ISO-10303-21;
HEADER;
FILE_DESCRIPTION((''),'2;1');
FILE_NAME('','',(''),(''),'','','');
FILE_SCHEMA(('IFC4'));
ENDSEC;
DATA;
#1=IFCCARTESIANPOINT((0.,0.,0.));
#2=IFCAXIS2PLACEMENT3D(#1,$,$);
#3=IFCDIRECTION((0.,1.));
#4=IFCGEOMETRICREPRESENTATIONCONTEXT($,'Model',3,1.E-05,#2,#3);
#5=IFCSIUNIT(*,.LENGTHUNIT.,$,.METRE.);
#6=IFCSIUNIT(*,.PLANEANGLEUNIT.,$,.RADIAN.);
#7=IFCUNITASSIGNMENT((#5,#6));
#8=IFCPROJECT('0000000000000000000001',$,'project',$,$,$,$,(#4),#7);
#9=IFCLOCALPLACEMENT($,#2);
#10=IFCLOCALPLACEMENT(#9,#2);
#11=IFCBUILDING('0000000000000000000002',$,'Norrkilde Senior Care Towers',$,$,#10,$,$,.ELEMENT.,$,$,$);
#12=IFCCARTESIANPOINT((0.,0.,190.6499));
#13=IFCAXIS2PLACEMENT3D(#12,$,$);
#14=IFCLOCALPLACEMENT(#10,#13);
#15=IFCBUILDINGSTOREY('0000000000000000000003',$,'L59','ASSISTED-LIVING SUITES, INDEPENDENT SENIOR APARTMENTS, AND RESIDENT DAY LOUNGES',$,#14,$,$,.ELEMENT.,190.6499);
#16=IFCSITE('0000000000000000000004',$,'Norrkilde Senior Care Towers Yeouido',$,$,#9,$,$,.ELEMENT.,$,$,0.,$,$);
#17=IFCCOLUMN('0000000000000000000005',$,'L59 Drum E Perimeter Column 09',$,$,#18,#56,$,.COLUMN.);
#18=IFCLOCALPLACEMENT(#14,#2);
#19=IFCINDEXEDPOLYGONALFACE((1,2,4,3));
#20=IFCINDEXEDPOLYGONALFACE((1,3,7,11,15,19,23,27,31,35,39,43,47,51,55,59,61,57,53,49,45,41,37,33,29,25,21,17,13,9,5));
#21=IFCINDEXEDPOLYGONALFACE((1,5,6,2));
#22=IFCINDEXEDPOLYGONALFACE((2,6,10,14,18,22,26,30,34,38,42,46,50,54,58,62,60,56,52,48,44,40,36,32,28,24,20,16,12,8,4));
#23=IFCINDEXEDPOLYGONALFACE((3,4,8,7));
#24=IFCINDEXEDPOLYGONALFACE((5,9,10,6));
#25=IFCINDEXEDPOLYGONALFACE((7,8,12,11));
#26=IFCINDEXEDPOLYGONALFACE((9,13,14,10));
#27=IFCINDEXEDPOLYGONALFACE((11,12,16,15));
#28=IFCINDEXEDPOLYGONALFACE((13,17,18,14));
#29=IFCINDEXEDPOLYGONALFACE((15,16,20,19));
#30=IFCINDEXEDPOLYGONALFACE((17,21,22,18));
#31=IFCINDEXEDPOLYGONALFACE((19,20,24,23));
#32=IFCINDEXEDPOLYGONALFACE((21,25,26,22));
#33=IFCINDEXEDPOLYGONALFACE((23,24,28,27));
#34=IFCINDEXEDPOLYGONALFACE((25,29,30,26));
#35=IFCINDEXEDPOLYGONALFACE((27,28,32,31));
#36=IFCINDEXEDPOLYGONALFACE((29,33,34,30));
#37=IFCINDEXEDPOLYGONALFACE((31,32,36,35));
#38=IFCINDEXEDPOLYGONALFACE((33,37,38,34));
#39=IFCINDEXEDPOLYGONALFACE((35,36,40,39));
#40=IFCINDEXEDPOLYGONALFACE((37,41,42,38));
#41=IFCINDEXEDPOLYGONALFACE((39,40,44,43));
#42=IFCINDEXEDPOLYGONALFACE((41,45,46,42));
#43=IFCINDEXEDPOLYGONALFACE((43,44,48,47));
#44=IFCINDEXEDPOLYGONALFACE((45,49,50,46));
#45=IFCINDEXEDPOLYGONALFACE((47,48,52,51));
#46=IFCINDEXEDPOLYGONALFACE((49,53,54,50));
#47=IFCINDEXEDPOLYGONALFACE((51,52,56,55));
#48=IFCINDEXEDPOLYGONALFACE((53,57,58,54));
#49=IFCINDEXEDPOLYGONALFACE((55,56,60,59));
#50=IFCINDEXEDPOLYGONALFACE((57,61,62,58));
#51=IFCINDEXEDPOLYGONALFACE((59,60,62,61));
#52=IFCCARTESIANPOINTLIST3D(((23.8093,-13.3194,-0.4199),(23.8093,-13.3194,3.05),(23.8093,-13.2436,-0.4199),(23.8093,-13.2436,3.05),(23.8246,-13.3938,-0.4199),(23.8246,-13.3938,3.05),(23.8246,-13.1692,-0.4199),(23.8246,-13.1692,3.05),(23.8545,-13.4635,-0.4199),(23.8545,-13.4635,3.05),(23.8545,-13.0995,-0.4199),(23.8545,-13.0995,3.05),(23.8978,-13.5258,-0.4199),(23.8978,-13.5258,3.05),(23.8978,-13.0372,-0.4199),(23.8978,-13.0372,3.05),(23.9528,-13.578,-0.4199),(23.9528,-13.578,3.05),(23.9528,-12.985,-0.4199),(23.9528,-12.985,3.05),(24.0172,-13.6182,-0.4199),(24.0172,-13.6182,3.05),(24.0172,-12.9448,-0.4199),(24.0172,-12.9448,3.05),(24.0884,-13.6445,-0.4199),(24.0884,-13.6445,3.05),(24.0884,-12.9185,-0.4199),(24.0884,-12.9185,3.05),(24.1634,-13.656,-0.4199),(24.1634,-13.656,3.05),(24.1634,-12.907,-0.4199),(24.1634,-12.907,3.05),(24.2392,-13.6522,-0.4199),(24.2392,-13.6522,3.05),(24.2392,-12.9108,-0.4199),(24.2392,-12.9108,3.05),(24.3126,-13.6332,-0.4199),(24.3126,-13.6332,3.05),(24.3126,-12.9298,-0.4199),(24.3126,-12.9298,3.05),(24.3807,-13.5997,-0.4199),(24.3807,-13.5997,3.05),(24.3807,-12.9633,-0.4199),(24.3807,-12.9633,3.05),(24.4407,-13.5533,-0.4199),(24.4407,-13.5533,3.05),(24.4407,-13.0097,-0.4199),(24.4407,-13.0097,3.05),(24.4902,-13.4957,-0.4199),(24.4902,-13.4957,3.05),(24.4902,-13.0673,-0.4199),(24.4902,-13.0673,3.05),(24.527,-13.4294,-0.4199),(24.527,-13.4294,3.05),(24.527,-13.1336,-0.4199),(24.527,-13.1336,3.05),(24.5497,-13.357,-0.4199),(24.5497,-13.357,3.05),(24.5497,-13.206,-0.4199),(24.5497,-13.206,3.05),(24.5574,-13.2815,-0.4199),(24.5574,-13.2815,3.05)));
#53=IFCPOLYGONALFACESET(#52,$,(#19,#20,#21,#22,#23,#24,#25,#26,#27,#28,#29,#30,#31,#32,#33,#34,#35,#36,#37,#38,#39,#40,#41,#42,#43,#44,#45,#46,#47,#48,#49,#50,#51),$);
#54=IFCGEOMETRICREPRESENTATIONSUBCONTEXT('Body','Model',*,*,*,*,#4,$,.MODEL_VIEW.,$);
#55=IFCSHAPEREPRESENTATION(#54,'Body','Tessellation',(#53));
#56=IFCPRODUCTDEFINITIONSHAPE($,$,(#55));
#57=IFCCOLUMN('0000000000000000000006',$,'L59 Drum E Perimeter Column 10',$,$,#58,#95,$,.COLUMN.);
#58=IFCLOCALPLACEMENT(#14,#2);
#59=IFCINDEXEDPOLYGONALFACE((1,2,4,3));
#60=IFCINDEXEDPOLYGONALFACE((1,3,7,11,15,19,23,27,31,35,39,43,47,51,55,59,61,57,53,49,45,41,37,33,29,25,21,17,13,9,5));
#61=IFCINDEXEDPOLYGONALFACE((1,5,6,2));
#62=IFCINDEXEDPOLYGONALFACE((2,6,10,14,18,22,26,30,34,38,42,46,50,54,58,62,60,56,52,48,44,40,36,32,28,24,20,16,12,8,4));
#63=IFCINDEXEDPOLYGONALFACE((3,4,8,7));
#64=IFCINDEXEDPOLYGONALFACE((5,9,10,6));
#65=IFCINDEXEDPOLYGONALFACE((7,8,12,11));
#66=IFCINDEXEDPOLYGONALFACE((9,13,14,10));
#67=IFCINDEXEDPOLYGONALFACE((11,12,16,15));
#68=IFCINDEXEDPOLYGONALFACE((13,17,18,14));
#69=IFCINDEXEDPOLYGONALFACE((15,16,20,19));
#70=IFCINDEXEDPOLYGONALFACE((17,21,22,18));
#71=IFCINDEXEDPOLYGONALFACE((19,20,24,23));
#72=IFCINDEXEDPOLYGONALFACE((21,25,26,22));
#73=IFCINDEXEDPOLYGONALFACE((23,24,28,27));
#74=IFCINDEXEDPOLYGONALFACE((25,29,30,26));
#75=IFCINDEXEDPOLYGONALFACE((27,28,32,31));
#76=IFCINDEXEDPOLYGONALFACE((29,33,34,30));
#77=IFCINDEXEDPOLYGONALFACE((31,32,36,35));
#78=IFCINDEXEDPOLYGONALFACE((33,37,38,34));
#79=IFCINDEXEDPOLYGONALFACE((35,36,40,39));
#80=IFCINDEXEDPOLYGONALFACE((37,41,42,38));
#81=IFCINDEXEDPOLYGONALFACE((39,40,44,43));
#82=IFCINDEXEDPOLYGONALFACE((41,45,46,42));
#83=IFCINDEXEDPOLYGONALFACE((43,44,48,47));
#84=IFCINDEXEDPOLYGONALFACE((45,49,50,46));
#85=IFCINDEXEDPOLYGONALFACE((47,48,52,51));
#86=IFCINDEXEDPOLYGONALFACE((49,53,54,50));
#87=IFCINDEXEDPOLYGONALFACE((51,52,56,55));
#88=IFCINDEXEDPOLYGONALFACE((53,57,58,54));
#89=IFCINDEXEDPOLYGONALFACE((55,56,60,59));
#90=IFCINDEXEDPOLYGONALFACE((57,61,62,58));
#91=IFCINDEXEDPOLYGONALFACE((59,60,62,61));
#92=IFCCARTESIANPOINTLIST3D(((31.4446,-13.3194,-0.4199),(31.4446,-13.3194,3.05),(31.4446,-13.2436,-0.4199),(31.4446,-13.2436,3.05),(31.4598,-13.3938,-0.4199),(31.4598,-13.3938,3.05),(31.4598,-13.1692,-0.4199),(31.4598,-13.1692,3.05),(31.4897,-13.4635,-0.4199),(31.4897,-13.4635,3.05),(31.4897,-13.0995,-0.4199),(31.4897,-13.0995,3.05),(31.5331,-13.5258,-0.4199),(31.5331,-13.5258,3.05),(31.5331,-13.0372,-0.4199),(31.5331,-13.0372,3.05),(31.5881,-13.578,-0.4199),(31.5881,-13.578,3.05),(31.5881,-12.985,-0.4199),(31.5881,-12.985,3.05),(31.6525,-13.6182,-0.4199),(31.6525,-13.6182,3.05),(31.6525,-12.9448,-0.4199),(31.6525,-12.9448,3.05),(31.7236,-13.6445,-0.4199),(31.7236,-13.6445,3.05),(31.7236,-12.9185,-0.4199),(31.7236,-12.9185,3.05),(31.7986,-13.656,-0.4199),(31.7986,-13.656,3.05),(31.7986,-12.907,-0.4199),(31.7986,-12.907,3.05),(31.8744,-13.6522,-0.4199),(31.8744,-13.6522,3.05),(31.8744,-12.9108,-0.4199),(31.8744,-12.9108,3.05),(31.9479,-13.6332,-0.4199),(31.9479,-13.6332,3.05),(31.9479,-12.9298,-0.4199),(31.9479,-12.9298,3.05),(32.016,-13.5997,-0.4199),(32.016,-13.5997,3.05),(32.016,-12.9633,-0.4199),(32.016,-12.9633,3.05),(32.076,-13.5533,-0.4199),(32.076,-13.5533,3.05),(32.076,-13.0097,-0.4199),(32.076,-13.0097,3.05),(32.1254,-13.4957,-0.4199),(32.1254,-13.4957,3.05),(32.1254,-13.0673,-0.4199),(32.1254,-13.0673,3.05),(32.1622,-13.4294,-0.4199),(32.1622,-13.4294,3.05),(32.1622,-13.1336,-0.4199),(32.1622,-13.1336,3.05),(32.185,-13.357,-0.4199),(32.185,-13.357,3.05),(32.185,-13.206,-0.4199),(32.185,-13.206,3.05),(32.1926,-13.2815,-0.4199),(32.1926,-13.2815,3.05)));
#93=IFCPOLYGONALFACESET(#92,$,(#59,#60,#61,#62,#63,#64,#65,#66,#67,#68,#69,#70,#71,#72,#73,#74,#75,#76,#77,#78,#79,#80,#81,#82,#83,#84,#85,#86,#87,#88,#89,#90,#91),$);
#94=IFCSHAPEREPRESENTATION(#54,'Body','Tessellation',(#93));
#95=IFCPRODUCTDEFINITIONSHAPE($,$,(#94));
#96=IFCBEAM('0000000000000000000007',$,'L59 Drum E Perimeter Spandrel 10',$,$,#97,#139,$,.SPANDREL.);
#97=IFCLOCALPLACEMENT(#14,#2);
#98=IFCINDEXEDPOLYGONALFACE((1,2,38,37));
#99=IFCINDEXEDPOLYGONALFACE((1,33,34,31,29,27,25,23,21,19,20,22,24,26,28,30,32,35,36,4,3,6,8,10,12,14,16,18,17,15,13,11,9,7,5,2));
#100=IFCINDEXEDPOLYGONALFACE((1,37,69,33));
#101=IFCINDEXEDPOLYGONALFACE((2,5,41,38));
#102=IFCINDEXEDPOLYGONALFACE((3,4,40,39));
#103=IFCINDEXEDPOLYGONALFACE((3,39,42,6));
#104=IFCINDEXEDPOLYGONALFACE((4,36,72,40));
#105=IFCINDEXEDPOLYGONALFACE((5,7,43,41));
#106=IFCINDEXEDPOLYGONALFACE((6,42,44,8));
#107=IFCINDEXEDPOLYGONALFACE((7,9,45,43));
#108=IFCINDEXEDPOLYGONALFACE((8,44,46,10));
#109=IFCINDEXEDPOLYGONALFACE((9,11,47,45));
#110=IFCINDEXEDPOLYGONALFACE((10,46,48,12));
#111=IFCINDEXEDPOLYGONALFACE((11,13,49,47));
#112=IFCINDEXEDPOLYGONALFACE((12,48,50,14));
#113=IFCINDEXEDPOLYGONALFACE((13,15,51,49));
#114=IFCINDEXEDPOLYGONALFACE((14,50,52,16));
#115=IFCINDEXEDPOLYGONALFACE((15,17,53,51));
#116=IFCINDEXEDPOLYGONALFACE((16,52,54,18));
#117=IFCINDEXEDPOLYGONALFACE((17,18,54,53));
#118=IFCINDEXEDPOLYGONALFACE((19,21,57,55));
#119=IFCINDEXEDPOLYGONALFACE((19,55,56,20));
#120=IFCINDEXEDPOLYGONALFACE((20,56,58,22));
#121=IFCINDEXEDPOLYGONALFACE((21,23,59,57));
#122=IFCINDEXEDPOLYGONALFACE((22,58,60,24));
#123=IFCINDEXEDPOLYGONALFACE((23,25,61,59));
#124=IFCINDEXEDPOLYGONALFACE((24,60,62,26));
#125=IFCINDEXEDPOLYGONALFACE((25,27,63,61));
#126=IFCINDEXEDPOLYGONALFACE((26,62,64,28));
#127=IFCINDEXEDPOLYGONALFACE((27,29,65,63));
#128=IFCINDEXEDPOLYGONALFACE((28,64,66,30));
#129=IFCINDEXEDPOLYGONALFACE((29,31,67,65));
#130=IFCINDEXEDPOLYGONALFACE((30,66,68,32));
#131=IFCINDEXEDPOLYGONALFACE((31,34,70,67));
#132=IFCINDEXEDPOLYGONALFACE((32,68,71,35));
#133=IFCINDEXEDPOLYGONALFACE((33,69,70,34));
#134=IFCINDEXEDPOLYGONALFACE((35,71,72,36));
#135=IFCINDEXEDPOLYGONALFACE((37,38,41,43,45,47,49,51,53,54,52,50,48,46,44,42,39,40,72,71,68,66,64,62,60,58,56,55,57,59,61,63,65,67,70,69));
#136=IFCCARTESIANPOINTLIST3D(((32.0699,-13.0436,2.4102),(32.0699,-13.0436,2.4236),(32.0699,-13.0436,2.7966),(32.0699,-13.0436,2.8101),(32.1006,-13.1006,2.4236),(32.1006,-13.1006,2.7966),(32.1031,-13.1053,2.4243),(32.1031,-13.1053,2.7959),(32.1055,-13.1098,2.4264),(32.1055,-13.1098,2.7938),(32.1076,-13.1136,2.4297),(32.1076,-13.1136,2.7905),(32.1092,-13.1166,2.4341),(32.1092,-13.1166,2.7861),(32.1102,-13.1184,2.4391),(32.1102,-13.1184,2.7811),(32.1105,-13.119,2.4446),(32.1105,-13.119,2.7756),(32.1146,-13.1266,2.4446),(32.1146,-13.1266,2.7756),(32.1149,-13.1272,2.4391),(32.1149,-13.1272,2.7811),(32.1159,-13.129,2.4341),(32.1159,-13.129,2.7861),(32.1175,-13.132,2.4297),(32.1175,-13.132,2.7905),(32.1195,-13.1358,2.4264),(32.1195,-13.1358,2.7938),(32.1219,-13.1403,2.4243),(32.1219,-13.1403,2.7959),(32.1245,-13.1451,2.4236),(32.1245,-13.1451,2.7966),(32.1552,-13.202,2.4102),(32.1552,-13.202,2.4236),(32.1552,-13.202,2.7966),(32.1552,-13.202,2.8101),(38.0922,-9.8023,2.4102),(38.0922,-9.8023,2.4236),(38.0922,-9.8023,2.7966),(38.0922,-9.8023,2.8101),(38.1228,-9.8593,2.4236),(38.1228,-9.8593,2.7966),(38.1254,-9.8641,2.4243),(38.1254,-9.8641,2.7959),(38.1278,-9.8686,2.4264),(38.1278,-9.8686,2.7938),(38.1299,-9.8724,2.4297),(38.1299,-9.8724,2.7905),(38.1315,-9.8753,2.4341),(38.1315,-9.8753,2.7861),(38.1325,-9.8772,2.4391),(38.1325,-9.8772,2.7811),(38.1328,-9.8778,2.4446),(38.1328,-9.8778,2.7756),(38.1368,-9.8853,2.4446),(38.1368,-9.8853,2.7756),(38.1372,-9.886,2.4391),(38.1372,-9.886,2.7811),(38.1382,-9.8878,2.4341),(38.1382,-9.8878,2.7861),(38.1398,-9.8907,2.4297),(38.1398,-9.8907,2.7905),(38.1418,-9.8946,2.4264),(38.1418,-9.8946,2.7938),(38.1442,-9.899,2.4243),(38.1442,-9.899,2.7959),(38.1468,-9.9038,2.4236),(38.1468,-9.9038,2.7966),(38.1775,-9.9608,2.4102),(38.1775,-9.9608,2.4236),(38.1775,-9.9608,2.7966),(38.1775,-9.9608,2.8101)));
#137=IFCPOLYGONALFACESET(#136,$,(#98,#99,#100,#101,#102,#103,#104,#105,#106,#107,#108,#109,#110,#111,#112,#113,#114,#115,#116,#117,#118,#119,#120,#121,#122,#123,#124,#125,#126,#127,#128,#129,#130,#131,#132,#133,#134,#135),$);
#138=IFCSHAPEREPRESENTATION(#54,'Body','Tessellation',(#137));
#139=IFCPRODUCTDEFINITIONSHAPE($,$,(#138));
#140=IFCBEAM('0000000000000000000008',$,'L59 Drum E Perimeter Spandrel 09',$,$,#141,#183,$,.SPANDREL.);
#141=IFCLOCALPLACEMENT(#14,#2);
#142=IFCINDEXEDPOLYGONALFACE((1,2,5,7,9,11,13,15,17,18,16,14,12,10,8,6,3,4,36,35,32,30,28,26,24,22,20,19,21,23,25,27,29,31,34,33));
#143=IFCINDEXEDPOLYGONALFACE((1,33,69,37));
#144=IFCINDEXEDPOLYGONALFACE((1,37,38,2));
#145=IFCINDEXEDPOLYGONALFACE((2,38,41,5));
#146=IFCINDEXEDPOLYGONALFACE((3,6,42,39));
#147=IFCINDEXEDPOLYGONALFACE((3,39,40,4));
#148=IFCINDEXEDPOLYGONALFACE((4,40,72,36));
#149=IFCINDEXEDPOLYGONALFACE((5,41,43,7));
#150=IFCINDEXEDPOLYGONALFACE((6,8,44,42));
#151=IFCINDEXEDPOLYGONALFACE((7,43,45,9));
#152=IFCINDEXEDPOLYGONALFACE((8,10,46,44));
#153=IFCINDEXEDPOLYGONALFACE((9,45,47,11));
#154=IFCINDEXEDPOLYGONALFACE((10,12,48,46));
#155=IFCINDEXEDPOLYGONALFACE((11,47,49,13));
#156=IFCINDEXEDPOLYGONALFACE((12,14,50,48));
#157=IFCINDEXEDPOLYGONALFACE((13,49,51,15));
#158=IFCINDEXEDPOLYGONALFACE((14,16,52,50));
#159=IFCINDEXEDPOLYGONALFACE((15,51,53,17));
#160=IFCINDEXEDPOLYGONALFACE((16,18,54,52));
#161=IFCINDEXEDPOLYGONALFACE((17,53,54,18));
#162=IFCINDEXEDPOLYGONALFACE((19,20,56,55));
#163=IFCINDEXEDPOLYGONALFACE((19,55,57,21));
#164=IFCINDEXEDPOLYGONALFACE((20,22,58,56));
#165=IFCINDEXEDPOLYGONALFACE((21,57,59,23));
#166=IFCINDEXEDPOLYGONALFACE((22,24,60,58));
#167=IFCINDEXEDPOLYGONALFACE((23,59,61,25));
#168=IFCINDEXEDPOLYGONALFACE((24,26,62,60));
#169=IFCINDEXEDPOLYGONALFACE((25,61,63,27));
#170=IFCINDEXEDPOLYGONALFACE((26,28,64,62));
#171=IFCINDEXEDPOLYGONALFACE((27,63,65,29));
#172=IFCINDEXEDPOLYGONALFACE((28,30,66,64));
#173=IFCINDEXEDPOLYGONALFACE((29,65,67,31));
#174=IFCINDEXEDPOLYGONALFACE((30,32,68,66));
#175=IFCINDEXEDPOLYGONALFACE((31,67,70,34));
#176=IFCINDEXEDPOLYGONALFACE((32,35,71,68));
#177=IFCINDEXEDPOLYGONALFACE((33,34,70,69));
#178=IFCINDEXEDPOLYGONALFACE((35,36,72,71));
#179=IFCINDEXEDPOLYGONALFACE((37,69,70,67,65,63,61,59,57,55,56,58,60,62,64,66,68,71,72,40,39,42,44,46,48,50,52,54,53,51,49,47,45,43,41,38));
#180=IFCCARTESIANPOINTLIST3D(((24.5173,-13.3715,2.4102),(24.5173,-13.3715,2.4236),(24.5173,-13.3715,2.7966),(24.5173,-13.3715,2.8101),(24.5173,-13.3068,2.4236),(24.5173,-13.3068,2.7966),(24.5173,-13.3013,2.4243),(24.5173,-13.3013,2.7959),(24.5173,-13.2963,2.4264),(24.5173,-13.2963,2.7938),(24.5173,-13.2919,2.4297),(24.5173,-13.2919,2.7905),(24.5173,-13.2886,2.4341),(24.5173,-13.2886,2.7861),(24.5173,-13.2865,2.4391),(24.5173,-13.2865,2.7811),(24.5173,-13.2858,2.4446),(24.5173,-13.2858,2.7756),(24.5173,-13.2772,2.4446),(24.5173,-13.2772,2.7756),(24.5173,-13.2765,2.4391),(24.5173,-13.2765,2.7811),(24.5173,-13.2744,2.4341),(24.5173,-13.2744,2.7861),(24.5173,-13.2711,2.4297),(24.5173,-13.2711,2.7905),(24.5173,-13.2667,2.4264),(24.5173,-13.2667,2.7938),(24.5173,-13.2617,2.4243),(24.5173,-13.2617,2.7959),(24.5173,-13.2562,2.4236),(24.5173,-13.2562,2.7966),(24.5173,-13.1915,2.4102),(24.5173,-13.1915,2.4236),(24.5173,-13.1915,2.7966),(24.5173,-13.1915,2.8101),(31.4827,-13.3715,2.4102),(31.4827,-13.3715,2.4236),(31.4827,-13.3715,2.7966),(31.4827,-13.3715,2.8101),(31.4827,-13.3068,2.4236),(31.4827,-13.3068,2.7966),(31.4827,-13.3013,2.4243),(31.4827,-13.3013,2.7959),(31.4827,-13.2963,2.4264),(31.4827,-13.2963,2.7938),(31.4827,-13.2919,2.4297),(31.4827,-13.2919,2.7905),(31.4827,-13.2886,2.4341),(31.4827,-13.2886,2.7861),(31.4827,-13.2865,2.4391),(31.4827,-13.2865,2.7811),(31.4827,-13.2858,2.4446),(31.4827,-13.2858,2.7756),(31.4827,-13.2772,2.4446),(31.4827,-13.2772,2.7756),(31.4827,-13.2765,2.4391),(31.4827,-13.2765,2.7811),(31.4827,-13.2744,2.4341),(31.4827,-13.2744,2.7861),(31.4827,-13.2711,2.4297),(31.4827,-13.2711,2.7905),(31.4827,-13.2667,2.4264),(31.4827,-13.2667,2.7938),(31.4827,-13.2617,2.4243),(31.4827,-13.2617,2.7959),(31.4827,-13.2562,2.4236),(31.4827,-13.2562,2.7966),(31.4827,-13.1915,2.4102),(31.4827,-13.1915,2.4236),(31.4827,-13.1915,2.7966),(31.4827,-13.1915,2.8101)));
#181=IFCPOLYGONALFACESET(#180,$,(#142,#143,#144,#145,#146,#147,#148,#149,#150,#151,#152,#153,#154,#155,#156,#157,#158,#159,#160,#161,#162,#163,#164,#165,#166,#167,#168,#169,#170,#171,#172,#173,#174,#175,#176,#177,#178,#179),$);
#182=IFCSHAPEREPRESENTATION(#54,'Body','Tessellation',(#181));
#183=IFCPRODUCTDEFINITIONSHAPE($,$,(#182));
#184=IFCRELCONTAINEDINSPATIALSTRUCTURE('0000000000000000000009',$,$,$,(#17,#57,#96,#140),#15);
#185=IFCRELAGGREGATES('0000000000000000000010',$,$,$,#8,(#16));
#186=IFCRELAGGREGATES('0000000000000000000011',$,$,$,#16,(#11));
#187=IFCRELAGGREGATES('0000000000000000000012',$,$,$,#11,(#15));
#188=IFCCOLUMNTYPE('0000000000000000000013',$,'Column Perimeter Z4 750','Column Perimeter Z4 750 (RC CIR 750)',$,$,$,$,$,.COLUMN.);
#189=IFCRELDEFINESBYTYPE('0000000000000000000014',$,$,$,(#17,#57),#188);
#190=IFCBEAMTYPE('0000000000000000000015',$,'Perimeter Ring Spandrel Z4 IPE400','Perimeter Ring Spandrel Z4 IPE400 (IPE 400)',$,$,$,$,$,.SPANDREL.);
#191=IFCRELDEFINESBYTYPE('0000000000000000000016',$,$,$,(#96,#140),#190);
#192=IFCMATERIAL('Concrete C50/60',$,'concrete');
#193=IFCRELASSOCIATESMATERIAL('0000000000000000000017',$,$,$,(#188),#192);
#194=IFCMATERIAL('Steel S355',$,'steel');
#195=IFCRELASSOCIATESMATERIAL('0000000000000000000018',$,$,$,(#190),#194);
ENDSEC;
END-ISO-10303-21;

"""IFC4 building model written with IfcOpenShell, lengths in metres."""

from ifc_helpers import new_model, si_unit, direction, frame, origin, origin_2d, place, context, subcontext, project, spatial, circle, i_section, extrude, source, transform, mapped, material, material_profile, profile_set, type_object, type_shapes, element, save


model = new_model("IFC4")

# Units and contexts
model_context = context("Model", 3, precision=1e-05, world=origin(), true_north=direction((0.0, 1.0)))
body_context = subcontext(model_context, "Body", "Model", "MODEL_VIEW")
ifc_project = project(units=[si_unit("LENGTHUNIT", "METRE"), si_unit("PLANEANGLEUNIT", "RADIAN")], contexts=[model_context])

# Site, building, storey
site_placement = place(None, origin())
site = spatial("IfcSite", under=ifc_project, at=site_placement, Name="Norrkilde Senior Care Towers Yeouido", CompositionType="ELEMENT", RefElevation=0.0)
building_placement = place(site_placement, origin())
building = spatial("IfcBuilding", under=site, at=building_placement, Name="Norrkilde Senior Care Towers", CompositionType="ELEMENT")
storey_placement = place(building_placement, frame((0.0, 0.0, 190.6499)))
storey = spatial("IfcBuildingStorey", under=building, at=storey_placement, Name="L59", Description="ASSISTED-LIVING SUITES, INDEPENDENT SENIOR APARTMENTS, AND RESIDENT DAY LOUNGES", CompositionType="ELEMENT", Elevation=190.6499)

# Columns
ifc_material_1 = material(Name="Concrete C50/60", Category="concrete")
ifc_material_profile_1 = material_profile(ifc_material_1, circle(Radius=0.375, at=origin_2d()), Name="RC CIR 750")
ifc_profile_set_1 = profile_set([ifc_material_profile_1], Name="Concrete C50/60")
column_type = type_object("IfcColumnType", Name="Column Perimeter Z4 750", Description="Column Perimeter Z4 750 (RC CIR 750)", PredefinedType="COLUMN", material=ifc_profile_set_1)
shared_shape_1 = source(origin(), body_context, "Body", "SweptSolid", [
    extrude(circle(Radius=0.375, at=origin_2d()), origin(), (0.0, 0.0, 1.0), 3.47),
])
type_shapes(column_type, [shared_shape_1])
for number, where, z_axis, x_axis, name in (
    (1, (24.1824, -13.2815, -0.4199), (0.0, 0.0, 1.0), (1.0, 0.0, 0.0), "L59 Drum E Perimeter Column 09"),
    (2, (31.8176, -13.2815, -0.4199), (0.0, 0.0, 1.0), (1.0, 0.0, 0.0), "L59 Drum E Perimeter Column 10"),
):
    element("IfcColumn", number, at=place(storey_placement, frame(where, z_axis=z_axis, x_axis=x_axis)), inside=storey, type_object=column_type, Name=name, PredefinedType="COLUMN", context=body_context, shape_type="MappedRepresentation", body=[
        mapped(shared_shape_1, transform((0.0, 0.0, 0.0), x_axis=(1.0, 0.0, 0.0), y_axis=(0.0, 1.0, 0.0), z_axis=(0.0, 0.0, 1.0), scale=1.0)),
    ])

# Beams
ifc_material_2 = material(Name="Steel S355", Category="steel")
ifc_material_profile_2 = material_profile(ifc_material_2, i_section(OverallWidth=0.1799, OverallDepth=0.3999, WebThickness=0.0085, FlangeThickness=0.0134, FilletRadius=0.021, at=origin_2d()), Name="IPE 400")
ifc_profile_set_2 = profile_set([ifc_material_profile_2], Name="Steel S355")
beam_type_1 = type_object("IfcBeamType", Name="Perimeter Ring Spandrel Z4 IPE400", Description="Perimeter Ring Spandrel Z4 IPE400 (IPE 400)", PredefinedType="SPANDREL", material=ifc_profile_set_2)
shared_shape_2 = source(origin(), body_context, "Body", "SweptSolid", [
    extrude(i_section(OverallWidth=0.1799, OverallDepth=0.3999, WebThickness=0.0085, FlangeThickness=0.0134, FilletRadius=0.021, at=origin_2d()), origin(), (0.0, 0.0, 1.0), 6.8391),
])
beam_1_placement = place(storey_placement, frame((32.1125, -13.1228, 2.6101), z_axis=(0.880564, 0.473927, 0.0), x_axis=(-0.473927, 0.880564, 0.0)))
element("IfcBeam", 3, at=beam_1_placement, inside=storey, type_object=beam_type_1, Name="L59 Drum E Perimeter Spandrel 10", PredefinedType="SPANDREL", context=body_context, shape_type="MappedRepresentation", body=[
    mapped(shared_shape_2, transform((0.0, 0.0, 0.0), x_axis=(1.0, 0.0, 0.0), y_axis=(0.0, 1.0, 0.0), z_axis=(0.0, 0.0, 1.0), scale=1.0)),
])
shared_shape_3 = source(origin(), body_context, "Body", "SweptSolid", [
    extrude(i_section(OverallWidth=0.1799, OverallDepth=0.3999, WebThickness=0.0085, FlangeThickness=0.0134, FilletRadius=0.021, at=origin_2d()), origin(), (0.0, 0.0, 1.0), 6.9653),
])
type_shapes(beam_type_1, [shared_shape_2, shared_shape_3])
beam_2_placement = place(storey_placement, frame((24.5173, -13.2815, 2.6101), z_axis=(1.0, 0.0, 0.0), x_axis=(0.0, 1.0, 0.0)))
element("IfcBeam", 4, at=beam_2_placement, inside=storey, type_object=beam_type_1, Name="L59 Drum E Perimeter Spandrel 09", PredefinedType="SPANDREL", context=body_context, shape_type="MappedRepresentation", body=[
    mapped(shared_shape_3, transform((0.0, 0.0, 0.0), x_axis=(1.0, 0.0, 0.0), y_axis=(0.0, 1.0, 0.0), z_axis=(0.0, 0.0, 1.0), scale=1.0)),
])

save(model, "model.ifc")
